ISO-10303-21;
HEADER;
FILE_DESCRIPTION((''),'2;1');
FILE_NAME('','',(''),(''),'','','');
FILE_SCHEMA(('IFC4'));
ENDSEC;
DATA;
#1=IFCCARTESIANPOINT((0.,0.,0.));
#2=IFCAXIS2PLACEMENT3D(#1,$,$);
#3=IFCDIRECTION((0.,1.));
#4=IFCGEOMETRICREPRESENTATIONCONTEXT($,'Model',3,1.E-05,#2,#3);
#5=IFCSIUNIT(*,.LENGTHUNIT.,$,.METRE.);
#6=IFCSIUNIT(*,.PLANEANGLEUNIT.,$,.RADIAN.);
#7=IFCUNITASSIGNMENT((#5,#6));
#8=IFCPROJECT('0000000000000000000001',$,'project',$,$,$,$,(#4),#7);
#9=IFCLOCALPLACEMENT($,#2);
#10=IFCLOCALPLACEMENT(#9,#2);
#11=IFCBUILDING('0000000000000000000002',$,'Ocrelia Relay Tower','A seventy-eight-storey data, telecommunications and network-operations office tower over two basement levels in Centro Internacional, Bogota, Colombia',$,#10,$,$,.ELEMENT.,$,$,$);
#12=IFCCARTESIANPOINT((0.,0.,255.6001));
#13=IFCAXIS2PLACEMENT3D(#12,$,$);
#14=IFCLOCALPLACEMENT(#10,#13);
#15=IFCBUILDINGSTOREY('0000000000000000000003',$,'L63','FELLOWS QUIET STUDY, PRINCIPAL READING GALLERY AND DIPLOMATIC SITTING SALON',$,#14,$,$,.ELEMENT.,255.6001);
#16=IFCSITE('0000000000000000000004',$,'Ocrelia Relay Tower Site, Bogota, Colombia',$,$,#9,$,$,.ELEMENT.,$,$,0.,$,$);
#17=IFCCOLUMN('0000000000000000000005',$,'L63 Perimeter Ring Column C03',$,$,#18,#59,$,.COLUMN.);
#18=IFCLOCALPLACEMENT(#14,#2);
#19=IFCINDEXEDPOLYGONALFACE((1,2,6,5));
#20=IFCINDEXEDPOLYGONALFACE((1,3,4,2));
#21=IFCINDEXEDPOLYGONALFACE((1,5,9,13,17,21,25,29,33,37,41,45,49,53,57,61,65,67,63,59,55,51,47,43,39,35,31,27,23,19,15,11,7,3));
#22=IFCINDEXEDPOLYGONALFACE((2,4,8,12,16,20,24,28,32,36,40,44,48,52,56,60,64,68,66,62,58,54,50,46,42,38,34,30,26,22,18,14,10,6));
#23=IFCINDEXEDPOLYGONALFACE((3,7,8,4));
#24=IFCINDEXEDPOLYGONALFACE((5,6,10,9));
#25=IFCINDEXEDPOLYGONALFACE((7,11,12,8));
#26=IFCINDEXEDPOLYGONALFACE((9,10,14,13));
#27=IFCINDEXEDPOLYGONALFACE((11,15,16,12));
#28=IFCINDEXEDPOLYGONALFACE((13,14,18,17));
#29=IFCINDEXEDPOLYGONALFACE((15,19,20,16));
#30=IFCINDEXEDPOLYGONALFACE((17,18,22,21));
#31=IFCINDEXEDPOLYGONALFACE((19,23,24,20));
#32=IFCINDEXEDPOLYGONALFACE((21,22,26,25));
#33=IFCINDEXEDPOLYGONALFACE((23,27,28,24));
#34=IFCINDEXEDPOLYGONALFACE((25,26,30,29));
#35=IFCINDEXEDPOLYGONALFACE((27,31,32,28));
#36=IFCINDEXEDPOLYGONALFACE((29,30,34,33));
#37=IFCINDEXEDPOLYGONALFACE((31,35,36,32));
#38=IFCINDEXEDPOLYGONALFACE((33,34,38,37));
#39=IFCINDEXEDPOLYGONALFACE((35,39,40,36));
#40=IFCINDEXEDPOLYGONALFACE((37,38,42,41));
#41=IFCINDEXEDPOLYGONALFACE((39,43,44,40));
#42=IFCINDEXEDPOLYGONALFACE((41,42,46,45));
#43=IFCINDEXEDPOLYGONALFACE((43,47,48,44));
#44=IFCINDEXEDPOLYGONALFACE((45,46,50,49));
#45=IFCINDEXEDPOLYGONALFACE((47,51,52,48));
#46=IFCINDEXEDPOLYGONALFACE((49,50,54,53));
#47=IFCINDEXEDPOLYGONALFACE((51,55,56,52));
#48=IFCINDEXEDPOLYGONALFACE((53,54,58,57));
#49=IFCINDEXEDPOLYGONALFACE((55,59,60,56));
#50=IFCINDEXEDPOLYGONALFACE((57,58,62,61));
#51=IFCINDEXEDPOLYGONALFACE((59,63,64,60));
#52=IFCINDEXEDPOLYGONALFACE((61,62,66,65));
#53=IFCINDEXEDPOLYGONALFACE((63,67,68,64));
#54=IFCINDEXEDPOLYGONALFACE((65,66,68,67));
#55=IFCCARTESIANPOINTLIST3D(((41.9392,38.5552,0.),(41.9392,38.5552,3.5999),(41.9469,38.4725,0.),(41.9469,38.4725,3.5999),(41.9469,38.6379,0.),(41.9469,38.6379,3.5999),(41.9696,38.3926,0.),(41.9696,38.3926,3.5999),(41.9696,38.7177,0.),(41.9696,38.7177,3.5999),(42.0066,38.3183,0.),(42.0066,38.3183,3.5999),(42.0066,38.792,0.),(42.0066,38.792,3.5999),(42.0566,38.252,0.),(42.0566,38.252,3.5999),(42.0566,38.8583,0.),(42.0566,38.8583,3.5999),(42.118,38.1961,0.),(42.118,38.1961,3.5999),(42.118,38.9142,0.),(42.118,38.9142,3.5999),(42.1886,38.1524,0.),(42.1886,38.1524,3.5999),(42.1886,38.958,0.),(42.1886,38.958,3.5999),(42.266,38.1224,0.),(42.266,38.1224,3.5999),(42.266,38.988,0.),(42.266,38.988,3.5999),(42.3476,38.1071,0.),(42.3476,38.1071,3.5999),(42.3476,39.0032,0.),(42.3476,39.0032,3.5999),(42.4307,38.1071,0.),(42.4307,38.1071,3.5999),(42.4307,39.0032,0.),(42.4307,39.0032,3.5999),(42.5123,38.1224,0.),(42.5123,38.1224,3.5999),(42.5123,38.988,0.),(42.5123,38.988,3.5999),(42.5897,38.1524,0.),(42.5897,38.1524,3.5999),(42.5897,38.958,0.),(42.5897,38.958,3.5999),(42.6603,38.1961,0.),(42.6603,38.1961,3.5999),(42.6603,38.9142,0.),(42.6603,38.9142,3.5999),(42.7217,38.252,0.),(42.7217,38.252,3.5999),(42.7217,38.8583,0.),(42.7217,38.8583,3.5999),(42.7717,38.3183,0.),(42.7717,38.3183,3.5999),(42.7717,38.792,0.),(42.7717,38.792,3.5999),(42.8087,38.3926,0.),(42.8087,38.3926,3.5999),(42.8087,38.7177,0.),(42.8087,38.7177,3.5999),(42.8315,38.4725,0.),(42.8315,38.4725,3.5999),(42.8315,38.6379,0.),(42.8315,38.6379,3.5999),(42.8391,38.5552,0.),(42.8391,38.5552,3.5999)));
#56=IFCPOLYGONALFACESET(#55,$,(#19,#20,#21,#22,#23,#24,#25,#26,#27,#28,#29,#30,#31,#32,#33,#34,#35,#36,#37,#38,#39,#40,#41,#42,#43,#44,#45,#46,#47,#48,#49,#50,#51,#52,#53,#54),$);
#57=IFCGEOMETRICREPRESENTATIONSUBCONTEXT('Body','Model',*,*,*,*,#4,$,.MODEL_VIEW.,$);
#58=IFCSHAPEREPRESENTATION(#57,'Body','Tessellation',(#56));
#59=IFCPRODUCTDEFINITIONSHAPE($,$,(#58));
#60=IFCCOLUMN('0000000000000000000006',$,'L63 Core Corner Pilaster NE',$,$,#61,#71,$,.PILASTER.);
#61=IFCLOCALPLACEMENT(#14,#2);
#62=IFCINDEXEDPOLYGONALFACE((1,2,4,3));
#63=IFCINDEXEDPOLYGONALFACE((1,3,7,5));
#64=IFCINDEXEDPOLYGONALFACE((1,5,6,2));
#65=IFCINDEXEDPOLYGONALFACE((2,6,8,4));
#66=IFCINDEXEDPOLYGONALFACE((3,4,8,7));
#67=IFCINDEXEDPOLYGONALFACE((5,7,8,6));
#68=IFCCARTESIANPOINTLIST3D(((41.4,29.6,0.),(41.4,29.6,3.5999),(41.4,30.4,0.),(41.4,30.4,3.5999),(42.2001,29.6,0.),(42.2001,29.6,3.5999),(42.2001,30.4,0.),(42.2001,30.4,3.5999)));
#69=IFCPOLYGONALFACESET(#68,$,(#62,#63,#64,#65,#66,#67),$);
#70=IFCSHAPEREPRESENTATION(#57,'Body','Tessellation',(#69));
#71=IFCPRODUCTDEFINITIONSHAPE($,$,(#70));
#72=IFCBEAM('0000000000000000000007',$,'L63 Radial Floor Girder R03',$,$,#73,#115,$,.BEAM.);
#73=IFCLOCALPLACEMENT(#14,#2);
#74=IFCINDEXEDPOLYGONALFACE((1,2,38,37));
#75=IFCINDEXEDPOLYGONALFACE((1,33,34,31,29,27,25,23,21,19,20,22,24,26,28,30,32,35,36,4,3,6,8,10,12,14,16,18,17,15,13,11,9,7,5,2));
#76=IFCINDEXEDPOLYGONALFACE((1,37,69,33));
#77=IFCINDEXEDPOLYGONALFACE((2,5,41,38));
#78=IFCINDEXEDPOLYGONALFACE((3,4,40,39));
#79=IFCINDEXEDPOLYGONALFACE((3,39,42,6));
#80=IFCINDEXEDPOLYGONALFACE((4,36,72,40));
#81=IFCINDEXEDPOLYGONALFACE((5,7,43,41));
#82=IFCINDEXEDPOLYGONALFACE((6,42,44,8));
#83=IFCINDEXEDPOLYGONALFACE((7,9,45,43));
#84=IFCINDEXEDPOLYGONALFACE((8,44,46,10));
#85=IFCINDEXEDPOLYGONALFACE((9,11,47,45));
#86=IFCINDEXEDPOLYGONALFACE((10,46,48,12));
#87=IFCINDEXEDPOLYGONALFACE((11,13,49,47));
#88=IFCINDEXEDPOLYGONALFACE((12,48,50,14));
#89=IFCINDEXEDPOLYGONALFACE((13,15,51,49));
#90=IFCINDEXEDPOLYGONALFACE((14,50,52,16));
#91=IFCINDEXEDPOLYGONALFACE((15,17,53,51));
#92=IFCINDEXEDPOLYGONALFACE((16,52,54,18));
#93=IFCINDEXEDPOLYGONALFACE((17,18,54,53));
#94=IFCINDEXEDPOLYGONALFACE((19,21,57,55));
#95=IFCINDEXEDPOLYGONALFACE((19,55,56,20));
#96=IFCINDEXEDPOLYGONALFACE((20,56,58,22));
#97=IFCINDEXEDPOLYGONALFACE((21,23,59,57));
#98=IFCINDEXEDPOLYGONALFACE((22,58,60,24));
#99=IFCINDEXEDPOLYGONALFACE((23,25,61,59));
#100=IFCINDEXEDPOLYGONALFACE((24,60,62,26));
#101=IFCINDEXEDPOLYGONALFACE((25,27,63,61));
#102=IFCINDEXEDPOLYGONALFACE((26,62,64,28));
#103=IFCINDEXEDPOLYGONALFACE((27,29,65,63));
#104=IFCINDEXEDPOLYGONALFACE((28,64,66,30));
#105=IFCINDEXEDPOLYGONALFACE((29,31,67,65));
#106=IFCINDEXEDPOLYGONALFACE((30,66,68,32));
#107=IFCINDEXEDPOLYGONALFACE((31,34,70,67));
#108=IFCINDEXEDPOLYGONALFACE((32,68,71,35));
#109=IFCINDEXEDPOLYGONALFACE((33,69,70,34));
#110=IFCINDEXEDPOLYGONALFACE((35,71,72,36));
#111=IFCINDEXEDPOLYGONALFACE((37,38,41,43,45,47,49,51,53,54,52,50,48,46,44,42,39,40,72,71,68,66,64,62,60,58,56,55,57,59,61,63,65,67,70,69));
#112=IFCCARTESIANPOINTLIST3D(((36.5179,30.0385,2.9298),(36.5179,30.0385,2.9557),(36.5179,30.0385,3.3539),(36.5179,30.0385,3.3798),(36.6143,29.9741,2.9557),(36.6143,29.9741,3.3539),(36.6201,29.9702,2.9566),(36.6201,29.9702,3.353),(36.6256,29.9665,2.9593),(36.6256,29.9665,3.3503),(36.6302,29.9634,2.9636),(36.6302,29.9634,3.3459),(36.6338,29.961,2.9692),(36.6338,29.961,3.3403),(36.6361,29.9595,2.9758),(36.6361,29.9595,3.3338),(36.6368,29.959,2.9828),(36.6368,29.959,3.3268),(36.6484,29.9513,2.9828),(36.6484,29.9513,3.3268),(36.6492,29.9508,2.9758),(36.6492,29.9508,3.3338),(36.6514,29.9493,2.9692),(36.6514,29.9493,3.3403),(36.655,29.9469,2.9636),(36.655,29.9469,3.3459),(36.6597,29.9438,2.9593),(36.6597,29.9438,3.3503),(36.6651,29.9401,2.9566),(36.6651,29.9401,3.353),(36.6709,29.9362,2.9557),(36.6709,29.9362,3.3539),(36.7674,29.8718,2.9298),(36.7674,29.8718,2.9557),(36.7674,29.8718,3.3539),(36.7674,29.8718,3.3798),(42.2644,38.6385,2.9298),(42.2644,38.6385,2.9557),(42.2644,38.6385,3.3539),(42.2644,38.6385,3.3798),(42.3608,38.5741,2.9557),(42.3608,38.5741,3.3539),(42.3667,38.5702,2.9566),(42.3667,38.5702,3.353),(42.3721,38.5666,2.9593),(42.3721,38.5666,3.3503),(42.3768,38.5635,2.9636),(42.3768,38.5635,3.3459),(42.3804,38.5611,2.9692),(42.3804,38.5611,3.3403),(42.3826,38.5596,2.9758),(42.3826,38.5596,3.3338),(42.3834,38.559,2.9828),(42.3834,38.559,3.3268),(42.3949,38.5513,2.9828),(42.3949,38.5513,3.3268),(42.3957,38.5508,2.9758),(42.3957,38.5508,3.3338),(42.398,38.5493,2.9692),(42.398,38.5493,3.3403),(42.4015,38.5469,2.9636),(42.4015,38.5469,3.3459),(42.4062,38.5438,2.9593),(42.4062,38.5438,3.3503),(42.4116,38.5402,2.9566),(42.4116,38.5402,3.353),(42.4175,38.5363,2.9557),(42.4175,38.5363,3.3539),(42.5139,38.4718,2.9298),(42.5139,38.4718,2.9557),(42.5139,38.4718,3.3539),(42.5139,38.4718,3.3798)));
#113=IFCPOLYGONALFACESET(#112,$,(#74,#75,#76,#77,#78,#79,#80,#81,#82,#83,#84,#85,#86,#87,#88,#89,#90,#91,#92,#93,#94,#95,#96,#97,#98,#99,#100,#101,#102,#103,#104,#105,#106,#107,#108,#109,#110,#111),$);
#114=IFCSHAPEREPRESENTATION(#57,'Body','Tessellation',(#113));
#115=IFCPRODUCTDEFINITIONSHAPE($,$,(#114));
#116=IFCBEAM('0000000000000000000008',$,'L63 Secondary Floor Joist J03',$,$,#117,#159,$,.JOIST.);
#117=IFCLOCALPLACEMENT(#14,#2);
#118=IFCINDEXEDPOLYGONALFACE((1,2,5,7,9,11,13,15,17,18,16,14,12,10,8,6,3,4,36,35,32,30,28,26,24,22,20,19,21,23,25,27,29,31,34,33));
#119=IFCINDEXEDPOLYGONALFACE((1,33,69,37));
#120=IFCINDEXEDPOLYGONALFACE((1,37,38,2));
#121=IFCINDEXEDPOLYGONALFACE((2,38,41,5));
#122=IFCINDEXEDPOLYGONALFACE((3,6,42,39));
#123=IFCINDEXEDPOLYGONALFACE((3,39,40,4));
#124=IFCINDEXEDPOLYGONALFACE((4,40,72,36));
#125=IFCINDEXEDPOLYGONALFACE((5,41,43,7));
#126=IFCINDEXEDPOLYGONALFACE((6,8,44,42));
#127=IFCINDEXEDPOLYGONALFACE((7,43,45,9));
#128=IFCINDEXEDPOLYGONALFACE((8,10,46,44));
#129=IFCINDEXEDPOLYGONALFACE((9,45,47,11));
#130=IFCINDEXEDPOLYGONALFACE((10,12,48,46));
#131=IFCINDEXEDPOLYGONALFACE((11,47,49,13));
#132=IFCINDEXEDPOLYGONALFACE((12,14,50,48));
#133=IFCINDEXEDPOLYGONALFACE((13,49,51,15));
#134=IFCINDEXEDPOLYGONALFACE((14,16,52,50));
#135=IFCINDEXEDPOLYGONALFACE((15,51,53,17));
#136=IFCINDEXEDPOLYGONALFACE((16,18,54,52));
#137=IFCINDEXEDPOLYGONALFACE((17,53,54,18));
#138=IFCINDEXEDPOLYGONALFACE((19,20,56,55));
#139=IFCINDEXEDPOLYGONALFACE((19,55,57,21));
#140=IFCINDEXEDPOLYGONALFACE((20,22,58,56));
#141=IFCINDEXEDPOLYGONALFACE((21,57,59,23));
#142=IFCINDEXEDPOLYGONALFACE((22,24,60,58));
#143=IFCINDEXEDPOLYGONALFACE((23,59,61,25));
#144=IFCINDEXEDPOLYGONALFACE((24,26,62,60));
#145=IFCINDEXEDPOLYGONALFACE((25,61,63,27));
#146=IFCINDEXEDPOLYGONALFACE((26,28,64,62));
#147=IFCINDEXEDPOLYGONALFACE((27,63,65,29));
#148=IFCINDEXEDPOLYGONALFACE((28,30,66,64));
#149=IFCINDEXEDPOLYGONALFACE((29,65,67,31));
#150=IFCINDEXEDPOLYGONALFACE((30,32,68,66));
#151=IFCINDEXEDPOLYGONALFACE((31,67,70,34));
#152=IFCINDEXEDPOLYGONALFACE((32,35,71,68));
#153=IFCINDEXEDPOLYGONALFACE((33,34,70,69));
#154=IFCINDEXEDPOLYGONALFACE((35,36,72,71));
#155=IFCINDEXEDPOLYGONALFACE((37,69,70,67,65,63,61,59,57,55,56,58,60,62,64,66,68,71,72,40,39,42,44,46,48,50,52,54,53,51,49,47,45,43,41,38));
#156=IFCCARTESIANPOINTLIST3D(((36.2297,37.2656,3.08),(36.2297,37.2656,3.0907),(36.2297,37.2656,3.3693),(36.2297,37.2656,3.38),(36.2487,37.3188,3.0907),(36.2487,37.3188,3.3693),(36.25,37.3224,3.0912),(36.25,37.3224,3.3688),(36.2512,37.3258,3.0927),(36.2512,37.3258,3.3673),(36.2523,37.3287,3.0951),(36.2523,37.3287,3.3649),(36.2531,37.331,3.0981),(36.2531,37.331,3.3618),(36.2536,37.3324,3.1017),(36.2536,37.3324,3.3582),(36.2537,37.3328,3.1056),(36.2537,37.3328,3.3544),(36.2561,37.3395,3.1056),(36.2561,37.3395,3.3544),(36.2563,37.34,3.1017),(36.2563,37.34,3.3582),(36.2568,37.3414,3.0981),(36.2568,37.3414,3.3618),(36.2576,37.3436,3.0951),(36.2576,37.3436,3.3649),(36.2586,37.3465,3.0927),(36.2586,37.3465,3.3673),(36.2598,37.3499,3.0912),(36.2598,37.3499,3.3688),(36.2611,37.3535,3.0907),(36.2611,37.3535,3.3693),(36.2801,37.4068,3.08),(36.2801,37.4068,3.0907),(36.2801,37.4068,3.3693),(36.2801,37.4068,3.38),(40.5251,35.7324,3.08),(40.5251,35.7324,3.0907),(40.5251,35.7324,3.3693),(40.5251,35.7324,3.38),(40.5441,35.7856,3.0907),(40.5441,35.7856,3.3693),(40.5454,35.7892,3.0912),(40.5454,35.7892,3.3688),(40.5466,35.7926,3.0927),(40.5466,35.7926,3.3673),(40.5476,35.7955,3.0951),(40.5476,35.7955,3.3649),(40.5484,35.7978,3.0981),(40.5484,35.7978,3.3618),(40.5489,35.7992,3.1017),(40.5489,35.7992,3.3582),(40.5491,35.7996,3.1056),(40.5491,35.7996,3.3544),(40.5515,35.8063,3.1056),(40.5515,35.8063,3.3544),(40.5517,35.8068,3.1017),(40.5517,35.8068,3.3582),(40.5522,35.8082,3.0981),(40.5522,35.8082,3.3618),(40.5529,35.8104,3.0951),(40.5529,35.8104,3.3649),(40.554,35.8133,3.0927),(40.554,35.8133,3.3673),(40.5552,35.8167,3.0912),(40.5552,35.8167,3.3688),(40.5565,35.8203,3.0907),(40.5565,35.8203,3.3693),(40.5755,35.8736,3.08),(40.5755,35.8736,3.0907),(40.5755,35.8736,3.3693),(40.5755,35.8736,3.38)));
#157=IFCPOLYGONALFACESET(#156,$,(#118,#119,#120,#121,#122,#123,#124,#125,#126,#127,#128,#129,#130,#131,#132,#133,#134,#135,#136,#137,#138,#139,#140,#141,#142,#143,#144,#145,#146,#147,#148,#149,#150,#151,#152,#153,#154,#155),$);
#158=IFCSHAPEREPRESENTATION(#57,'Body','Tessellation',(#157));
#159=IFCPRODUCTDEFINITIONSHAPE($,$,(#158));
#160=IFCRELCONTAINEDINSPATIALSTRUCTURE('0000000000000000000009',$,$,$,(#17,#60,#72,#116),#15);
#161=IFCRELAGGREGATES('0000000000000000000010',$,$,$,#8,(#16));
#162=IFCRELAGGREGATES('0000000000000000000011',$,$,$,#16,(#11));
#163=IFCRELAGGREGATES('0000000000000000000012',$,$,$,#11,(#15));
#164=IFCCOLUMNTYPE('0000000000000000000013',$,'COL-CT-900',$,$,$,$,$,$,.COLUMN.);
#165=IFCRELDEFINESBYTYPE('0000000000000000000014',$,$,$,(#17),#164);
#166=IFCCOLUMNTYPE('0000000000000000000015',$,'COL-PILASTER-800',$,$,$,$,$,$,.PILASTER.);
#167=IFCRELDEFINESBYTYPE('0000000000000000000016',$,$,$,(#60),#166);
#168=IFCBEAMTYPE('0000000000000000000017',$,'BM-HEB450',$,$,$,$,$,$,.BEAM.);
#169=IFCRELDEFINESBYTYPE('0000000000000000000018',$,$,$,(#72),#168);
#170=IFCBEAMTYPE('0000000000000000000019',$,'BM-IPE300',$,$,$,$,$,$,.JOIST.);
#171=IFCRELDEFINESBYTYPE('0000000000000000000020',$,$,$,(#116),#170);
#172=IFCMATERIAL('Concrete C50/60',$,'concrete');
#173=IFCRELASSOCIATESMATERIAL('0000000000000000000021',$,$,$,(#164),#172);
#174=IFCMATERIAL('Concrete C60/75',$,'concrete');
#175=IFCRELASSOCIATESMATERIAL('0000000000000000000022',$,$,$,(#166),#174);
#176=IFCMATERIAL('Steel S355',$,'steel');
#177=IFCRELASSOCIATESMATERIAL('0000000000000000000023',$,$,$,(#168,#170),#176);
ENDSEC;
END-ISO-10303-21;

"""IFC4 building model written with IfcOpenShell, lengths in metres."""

from ifc_helpers import new_model, si_unit, direction, frame, origin, origin_2d, place, context, subcontext, project, spatial, rectangle, circle, i_section, extrude, material, material_profile, profile_set, type_object, element, save


model = new_model("IFC4")

# Units and contexts
model_context = context("Model", 3, precision=1e-05, world=origin(), true_north=direction((0.0, 1.0)))
body_context = subcontext(model_context, "Body", "Model", "MODEL_VIEW")
ifc_project = project(units=[si_unit("LENGTHUNIT", "METRE"), si_unit("PLANEANGLEUNIT", "RADIAN")], contexts=[model_context])

# Site, building, storey
site_placement = place(None, origin())
site = spatial("IfcSite", under=ifc_project, at=site_placement, Name="Ocrelia Relay Tower Site, Bogota, Colombia", CompositionType="ELEMENT", RefElevation=0.0)
building_placement = place(site_placement, origin())
building = spatial("IfcBuilding", under=site, at=building_placement, Name="Ocrelia Relay Tower", Description="A seventy-eight-storey data, telecommunications and network-operations office tower over two basement levels in Centro Internacional, Bogota, Colombia", CompositionType="ELEMENT")
storey_placement = place(building_placement, frame((0.0, 0.0, 255.6001)))
storey = spatial("IfcBuildingStorey", under=building, at=storey_placement, Name="L63", Description="FELLOWS QUIET STUDY, PRINCIPAL READING GALLERY AND DIPLOMATIC SITTING SALON", CompositionType="ELEMENT", Elevation=255.6001)

# Columns
ifc_material_1 = material(Name="Concrete C50/60", Category="concrete")
ifc_material_profile_1 = material_profile(ifc_material_1, circle(Radius=0.45, at=origin_2d()), Name="RC-CIR-900")
ifc_profile_set_1 = profile_set([ifc_material_profile_1], Name="Concrete C50/60")
column_type_1 = type_object("IfcColumnType", Name="COL-CT-900", PredefinedType="COLUMN", material=ifc_profile_set_1)
column_1_placement = place(storey_placement, frame((42.3892, 38.5552, 0.0), z_axis=(0.0, 0.0, 1.0), x_axis=(1.0, 0.0, 0.0)))
element("IfcColumn", 1, at=column_1_placement, inside=storey, type_object=column_type_1, Name="L63 Perimeter Ring Column C03", PredefinedType="COLUMN", context=body_context, shape_type="SweptSolid", body=[
    extrude(circle(Radius=0.45, at=origin_2d()), origin(), (0.0, 0.0, 1.0), 3.5999),
])
ifc_material_2 = material(Name="Concrete C60/75", Category="concrete")
ifc_material_profile_2 = material_profile(ifc_material_2, rectangle(XDim=0.8, YDim=0.8, at=origin_2d()), Name="RC-COL-800x800")
ifc_profile_set_2 = profile_set([ifc_material_profile_2], Name="Concrete C60/75")
column_type_2 = type_object("IfcColumnType", Name="COL-PILASTER-800", PredefinedType="PILASTER", material=ifc_profile_set_2)
column_2_placement = place(storey_placement, frame((41.8, 30.0, 0.0), z_axis=(0.0, 0.0, 1.0), x_axis=(1.0, 0.0, 0.0)))
element("IfcColumn", 2, at=column_2_placement, inside=storey, type_object=column_type_2, Name="L63 Core Corner Pilaster NE", PredefinedType="PILASTER", context=body_context, shape_type="SweptSolid", body=[
    extrude(rectangle(XDim=0.8, YDim=0.8, at=origin_2d()), origin(), (0.0, 0.0, 1.0), 3.5999),
])

# Beams
ifc_material_3 = material(Name="Steel S355", Category="steel")
ifc_material_profile_3 = material_profile(ifc_material_3, i_section(OverallWidth=0.3, OverallDepth=0.45, WebThickness=0.0139, FlangeThickness=0.0259, FilletRadius=0.0271, at=origin_2d()), Name="HEB 450")
ifc_profile_set_3 = profile_set([ifc_material_profile_3], Name="Steel S355")
beam_type_1 = type_object("IfcBeamType", Name="BM-HEB450", PredefinedType="BEAM", material=ifc_profile_set_3)
beam_1_placement = place(storey_placement, frame((42.3892, 38.5552, 3.1548), z_axis=(-0.555582, -0.831462, 0.0), x_axis=(0.831462, -0.555582, 0.0)))
element("IfcBeam", 3, at=beam_1_placement, inside=storey, type_object=beam_type_1, Name="L63 Radial Floor Girder R03", PredefinedType="BEAM", context=body_context, shape_type="SweptSolid", body=[
    extrude(i_section(OverallWidth=0.3, OverallDepth=0.45, WebThickness=0.0139, FlangeThickness=0.0259, FilletRadius=0.0271, at=origin_2d()), origin(), (0.0, 0.0, 1.0), 10.3433),
])
ifc_material_profile_4 = material_profile(ifc_material_3, i_section(OverallWidth=0.1499, OverallDepth=0.3, WebThickness=0.0071, FlangeThickness=0.0107, FilletRadius=0.0149, at=origin_2d()), Name="IPE 300")
ifc_profile_set_4 = profile_set([ifc_material_profile_4], Name="Steel S355")
beam_type_2 = type_object("IfcBeamType", Name="BM-IPE300", PredefinedType="JOIST", material=ifc_profile_set_4)
beam_2_placement = place(storey_placement, frame((40.5503, 35.803, 3.23), z_axis=(-0.941802, 0.336167, 0.0), x_axis=(-0.336167, -0.941802, 0.0)))
element("IfcBeam", 4, at=beam_2_placement, inside=storey, type_object=beam_type_2, Name="L63 Secondary Floor Joist J03", PredefinedType="JOIST", context=body_context, shape_type="SweptSolid", body=[
    extrude(i_section(OverallWidth=0.1499, OverallDepth=0.3, WebThickness=0.0071, FlangeThickness=0.0107, FilletRadius=0.0149, at=origin_2d()), origin(), (0.0, 0.0, 1.0), 4.5608),
])

save(model, "model.ifc")
